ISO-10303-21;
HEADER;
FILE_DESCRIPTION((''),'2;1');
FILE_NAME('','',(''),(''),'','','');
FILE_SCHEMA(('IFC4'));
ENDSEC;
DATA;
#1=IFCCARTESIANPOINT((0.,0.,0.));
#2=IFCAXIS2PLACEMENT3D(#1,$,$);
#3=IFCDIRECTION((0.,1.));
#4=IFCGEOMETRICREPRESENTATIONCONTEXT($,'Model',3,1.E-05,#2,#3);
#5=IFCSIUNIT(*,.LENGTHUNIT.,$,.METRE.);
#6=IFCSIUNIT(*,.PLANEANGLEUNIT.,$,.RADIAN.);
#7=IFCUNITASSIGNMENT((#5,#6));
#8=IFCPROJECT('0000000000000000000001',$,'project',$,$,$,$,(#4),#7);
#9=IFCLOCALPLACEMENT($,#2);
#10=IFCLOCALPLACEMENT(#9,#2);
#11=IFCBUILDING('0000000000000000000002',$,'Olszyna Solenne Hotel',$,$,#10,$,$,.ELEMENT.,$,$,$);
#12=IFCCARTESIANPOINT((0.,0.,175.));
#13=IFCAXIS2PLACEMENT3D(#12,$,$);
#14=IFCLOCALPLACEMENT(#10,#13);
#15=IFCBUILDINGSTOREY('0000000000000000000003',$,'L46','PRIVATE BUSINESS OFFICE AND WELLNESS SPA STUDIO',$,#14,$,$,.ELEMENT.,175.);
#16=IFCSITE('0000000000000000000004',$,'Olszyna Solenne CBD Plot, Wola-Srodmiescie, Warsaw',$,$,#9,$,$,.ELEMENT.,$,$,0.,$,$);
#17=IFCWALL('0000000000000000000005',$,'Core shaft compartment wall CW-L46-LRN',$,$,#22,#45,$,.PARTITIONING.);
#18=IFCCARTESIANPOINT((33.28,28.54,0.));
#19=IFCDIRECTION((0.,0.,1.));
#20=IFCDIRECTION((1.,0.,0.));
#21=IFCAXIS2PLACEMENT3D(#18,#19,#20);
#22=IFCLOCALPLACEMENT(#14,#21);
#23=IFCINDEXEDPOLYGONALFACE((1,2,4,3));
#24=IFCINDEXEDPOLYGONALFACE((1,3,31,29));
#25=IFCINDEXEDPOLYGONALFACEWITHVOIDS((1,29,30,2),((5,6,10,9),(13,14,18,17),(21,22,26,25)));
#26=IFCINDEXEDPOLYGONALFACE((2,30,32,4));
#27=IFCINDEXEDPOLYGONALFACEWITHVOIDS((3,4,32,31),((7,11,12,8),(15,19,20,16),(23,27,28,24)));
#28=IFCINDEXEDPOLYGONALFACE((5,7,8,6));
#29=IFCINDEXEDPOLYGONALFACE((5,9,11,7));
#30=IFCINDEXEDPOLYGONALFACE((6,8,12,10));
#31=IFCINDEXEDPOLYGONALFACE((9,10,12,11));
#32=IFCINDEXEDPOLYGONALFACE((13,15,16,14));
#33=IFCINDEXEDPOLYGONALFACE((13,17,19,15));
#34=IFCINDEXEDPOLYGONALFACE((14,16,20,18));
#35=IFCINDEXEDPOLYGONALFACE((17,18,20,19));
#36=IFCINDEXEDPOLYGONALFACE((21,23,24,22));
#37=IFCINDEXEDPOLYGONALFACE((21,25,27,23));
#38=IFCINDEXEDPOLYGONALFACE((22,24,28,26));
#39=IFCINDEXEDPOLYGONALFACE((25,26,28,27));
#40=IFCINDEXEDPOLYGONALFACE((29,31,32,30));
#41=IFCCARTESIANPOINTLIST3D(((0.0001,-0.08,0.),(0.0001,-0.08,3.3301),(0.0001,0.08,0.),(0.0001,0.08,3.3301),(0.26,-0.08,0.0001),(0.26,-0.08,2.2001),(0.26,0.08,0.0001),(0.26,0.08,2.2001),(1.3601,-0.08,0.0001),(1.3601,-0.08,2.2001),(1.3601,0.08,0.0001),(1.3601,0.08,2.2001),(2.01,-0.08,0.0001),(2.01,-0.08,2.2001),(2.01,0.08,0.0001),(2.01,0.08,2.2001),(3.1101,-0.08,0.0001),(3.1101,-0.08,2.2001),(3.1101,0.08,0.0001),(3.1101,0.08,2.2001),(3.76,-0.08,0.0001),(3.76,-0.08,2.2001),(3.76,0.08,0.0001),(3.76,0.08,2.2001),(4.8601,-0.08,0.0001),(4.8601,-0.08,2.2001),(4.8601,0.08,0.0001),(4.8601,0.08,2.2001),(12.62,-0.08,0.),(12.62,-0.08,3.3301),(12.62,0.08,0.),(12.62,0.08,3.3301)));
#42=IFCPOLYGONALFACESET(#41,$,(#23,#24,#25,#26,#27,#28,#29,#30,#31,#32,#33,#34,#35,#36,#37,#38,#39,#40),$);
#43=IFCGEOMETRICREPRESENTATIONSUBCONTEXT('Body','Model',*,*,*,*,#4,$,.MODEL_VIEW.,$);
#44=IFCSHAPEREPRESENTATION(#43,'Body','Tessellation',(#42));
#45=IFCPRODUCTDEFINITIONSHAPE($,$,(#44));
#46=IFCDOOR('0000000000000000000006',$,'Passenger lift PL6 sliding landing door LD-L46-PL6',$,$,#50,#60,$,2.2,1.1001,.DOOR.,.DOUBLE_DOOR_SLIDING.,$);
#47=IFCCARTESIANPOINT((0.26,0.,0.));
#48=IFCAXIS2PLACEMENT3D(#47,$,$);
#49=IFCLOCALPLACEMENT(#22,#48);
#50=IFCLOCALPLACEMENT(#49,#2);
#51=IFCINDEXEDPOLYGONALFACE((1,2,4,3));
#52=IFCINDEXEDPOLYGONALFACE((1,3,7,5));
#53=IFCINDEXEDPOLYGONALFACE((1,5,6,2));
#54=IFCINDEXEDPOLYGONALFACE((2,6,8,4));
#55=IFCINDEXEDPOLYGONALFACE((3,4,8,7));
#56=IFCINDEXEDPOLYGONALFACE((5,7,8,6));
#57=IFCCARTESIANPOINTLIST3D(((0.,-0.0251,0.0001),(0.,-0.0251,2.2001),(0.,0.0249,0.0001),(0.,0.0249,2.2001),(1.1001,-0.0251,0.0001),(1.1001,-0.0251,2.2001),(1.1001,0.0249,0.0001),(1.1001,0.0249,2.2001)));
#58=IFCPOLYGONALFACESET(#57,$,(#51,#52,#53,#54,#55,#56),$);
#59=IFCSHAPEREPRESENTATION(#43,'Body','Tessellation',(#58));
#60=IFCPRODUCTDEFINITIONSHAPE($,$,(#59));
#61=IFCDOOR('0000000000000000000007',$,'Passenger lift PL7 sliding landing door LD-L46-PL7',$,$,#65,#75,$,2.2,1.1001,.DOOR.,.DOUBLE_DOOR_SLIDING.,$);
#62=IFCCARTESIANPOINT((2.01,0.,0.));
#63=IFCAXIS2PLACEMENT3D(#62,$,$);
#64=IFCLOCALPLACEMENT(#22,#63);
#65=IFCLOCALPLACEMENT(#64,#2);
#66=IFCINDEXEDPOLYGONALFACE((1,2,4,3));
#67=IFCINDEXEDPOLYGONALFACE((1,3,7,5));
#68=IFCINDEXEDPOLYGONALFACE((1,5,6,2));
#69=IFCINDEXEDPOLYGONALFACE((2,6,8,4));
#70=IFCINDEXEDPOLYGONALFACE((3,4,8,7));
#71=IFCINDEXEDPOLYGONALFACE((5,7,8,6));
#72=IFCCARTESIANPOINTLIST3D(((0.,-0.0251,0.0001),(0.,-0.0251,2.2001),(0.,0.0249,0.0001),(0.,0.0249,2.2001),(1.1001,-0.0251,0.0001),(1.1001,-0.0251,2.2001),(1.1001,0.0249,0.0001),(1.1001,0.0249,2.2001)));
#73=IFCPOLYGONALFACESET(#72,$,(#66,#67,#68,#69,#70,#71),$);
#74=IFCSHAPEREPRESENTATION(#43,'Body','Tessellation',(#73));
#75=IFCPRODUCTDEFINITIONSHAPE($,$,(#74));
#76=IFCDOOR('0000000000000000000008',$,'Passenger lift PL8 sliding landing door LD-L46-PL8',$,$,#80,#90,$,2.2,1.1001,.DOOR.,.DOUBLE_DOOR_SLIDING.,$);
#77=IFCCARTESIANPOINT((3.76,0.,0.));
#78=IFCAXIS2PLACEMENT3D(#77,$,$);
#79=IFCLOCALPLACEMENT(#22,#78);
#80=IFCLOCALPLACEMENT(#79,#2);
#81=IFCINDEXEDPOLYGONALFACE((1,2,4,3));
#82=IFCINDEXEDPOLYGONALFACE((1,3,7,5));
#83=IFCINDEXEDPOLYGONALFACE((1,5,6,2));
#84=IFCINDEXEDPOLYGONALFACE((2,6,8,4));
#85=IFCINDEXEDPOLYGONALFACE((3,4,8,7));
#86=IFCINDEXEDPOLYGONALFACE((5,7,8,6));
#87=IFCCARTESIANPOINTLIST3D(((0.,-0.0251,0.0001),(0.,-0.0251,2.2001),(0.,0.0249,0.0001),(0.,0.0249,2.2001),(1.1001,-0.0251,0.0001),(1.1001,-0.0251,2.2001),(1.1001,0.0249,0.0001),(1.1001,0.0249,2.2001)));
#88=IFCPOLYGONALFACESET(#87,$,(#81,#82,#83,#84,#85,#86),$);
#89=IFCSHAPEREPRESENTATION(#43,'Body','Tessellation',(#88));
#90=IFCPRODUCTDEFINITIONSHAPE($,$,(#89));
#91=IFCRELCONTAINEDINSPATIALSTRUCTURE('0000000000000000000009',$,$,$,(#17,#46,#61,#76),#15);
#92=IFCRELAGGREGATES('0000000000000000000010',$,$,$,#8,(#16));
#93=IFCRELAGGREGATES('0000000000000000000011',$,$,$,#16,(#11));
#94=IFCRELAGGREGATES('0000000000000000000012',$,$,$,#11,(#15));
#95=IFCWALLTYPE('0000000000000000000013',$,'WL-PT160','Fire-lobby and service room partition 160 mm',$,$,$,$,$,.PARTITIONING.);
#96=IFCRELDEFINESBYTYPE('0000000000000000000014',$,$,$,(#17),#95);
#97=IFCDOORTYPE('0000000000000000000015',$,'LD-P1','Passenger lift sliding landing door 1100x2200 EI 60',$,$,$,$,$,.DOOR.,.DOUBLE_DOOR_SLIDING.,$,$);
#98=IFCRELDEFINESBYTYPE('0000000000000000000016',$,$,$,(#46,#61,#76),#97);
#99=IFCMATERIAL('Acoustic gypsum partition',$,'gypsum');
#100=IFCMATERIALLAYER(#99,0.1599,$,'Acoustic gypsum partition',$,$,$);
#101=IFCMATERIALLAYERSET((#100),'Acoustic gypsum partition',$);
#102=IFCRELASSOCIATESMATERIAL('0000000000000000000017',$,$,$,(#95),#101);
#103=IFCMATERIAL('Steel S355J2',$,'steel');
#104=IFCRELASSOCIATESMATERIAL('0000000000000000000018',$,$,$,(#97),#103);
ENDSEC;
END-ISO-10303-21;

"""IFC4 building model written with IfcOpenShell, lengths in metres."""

from ifc_helpers import new_model, si_unit, direction, frame, frame_2d, origin, place, context, subcontext, project, spatial, rectangle, extrude, source, transform, mapped, material, layer, layer_set, type_object, type_shapes, element, fill, save


model = new_model("IFC4")

# Units and contexts
model_context = context("Model", 3, precision=1e-05, world=origin(), true_north=direction((0.0, 1.0)))
body_context = subcontext(model_context, "Body", "Model", "MODEL_VIEW")
ifc_project = project(units=[si_unit("LENGTHUNIT", "METRE"), si_unit("PLANEANGLEUNIT", "RADIAN")], contexts=[model_context])

# Site, building, storey
site_placement = place(None, origin())
site = spatial("IfcSite", under=ifc_project, at=site_placement, Name="Olszyna Solenne CBD Plot, Wola-Srodmiescie, Warsaw", CompositionType="ELEMENT", RefElevation=0.0)
building_placement = place(site_placement, origin())
building = spatial("IfcBuilding", under=site, at=building_placement, Name="Olszyna Solenne Hotel", CompositionType="ELEMENT")
storey_placement = place(building_placement, frame((0.0, 0.0, 175.0)))
storey = spatial("IfcBuildingStorey", under=building, at=storey_placement, Name="L46", Description="PRIVATE BUSINESS OFFICE AND WELLNESS SPA STUDIO", CompositionType="ELEMENT", Elevation=175.0)

# Shared definitions
ifc_material_1 = material(Name="Steel S355J2", Category="steel")

# Shared definitions
ifc_material_2 = material(Name="Acoustic gypsum partition", Category="gypsum")
ifc_layer_1 = layer(ifc_material_2, 0.1599, Name="Acoustic gypsum partition")
ifc_layer_set_1 = layer_set([ifc_layer_1], Name="Acoustic gypsum partition")
wall_type_1 = type_object("IfcWallType", Name="WL-PT160", Description="Fire-lobby and service room partition 160 mm", PredefinedType="PARTITIONING", material=ifc_layer_set_1)

# Wall, openings, doors
door_type_1 = type_object("IfcDoorType", Name="LD-P1", Description="Passenger lift sliding landing door 1100x2200 EI 60", OperationType="DOUBLE_DOOR_SLIDING", PredefinedType="DOOR", material=ifc_material_1)
shared_shape_1 = source(origin(), body_context, "Body", "SweptSolid", [
    extrude(rectangle(XDim=1.1001, YDim=2.2, at=frame_2d((0.55, 1.1001))), frame((0.0, 0.0249, 0.0), z_axis=(0.0, -1.0, 0.0), x_axis=(1.0, 0.0, 0.0)), (0.0, 0.0, 1.0), 0.05),
])
type_shapes(door_type_1, [shared_shape_1])
wall_1_placement = place(storey_placement, frame((33.28, 28.54, 0.0), z_axis=(0.0, 0.0, 1.0), x_axis=(1.0, 0.0, 0.0)))
wall_1 = element("IfcWall", 1, at=wall_1_placement, inside=storey, type_object=wall_type_1, Name="Core shaft compartment wall CW-L46-LRN", PredefinedType="PARTITIONING", context=body_context, shape_type="SweptSolid", body=[
    extrude(rectangle(XDim=12.6199, YDim=0.1599, at=frame_2d((6.3101, 0.0))), origin(), (0.0, 0.0, 1.0), 3.3301),
])
opening_1_placement = place(wall_1_placement, frame((0.26, 0.0, 0.0)))
opening_1 = element("IfcOpeningElement", 2, at=opening_1_placement, cuts=wall_1, PredefinedType="OPENING", context=body_context, shape_type="SweptSolid", body=[
    extrude(rectangle(XDim=1.1001, YDim=2.2, at=frame_2d((0.55, 1.1001))), frame((0.0, 0.0898, 0.0), z_axis=(0.0, -1.0, 0.0), x_axis=(1.0, 0.0, 0.0)), (0.0, 0.0, 1.0), 0.1799),
])
opening_2_placement = place(wall_1_placement, frame((2.01, 0.0, 0.0)))
opening_2 = element("IfcOpeningElement", 3, at=opening_2_placement, cuts=wall_1, PredefinedType="OPENING", context=body_context, shape_type="SweptSolid", body=[
    extrude(rectangle(XDim=1.1001, YDim=2.2, at=frame_2d((0.55, 1.1001))), frame((0.0, 0.0898, 0.0), z_axis=(0.0, -1.0, 0.0), x_axis=(1.0, 0.0, 0.0)), (0.0, 0.0, 1.0), 0.1799),
])
opening_3_placement = place(wall_1_placement, frame((3.76, 0.0, 0.0)))
opening_3 = element("IfcOpeningElement", 4, at=opening_3_placement, cuts=wall_1, PredefinedType="OPENING", context=body_context, shape_type="SweptSolid", body=[
    extrude(rectangle(XDim=1.1001, YDim=2.2, at=frame_2d((0.55, 1.1001))), frame((0.0, 0.0898, 0.0), z_axis=(0.0, -1.0, 0.0), x_axis=(1.0, 0.0, 0.0)), (0.0, 0.0, 1.0), 0.1799),
])
door_1_placement = place(opening_1_placement, origin())
door_1 = element("IfcDoor", 5, at=door_1_placement, inside=storey, type_object=door_type_1, Name="Passenger lift PL6 sliding landing door LD-L46-PL6", OperationType="DOUBLE_DOOR_SLIDING", OverallHeight=2.2, OverallWidth=1.1001, PredefinedType="DOOR", context=body_context, shape_type="MappedRepresentation", body=[
    mapped(shared_shape_1, transform((0.0, 0.0, 0.0), x_axis=(1.0, 0.0, 0.0), y_axis=(0.0, 1.0, 0.0), z_axis=(0.0, 0.0, 1.0), scale=1.0)),
])
fill(opening_1, door_1)
door_2_placement = place(opening_2_placement, origin())
door_2 = element("IfcDoor", 6, at=door_2_placement, inside=storey, type_object=door_type_1, Name="Passenger lift PL7 sliding landing door LD-L46-PL7", OperationType="DOUBLE_DOOR_SLIDING", OverallHeight=2.2, OverallWidth=1.1001, PredefinedType="DOOR", context=body_context, shape_type="MappedRepresentation", body=[
    mapped(shared_shape_1, transform((0.0, 0.0, 0.0), x_axis=(1.0, 0.0, 0.0), y_axis=(0.0, 1.0, 0.0), z_axis=(0.0, 0.0, 1.0), scale=1.0)),
])
fill(opening_2, door_2)
door_3_placement = place(opening_3_placement, origin())
door_3 = element("IfcDoor", 7, at=door_3_placement, inside=storey, type_object=door_type_1, Name="Passenger lift PL8 sliding landing door LD-L46-PL8", OperationType="DOUBLE_DOOR_SLIDING", OverallHeight=2.2, OverallWidth=1.1001, PredefinedType="DOOR", context=body_context, shape_type="MappedRepresentation", body=[
    mapped(shared_shape_1, transform((0.0, 0.0, 0.0), x_axis=(1.0, 0.0, 0.0), y_axis=(0.0, 1.0, 0.0), z_axis=(0.0, 0.0, 1.0), scale=1.0)),
])
fill(opening_3, door_3)

save(model, "model.ifc")
